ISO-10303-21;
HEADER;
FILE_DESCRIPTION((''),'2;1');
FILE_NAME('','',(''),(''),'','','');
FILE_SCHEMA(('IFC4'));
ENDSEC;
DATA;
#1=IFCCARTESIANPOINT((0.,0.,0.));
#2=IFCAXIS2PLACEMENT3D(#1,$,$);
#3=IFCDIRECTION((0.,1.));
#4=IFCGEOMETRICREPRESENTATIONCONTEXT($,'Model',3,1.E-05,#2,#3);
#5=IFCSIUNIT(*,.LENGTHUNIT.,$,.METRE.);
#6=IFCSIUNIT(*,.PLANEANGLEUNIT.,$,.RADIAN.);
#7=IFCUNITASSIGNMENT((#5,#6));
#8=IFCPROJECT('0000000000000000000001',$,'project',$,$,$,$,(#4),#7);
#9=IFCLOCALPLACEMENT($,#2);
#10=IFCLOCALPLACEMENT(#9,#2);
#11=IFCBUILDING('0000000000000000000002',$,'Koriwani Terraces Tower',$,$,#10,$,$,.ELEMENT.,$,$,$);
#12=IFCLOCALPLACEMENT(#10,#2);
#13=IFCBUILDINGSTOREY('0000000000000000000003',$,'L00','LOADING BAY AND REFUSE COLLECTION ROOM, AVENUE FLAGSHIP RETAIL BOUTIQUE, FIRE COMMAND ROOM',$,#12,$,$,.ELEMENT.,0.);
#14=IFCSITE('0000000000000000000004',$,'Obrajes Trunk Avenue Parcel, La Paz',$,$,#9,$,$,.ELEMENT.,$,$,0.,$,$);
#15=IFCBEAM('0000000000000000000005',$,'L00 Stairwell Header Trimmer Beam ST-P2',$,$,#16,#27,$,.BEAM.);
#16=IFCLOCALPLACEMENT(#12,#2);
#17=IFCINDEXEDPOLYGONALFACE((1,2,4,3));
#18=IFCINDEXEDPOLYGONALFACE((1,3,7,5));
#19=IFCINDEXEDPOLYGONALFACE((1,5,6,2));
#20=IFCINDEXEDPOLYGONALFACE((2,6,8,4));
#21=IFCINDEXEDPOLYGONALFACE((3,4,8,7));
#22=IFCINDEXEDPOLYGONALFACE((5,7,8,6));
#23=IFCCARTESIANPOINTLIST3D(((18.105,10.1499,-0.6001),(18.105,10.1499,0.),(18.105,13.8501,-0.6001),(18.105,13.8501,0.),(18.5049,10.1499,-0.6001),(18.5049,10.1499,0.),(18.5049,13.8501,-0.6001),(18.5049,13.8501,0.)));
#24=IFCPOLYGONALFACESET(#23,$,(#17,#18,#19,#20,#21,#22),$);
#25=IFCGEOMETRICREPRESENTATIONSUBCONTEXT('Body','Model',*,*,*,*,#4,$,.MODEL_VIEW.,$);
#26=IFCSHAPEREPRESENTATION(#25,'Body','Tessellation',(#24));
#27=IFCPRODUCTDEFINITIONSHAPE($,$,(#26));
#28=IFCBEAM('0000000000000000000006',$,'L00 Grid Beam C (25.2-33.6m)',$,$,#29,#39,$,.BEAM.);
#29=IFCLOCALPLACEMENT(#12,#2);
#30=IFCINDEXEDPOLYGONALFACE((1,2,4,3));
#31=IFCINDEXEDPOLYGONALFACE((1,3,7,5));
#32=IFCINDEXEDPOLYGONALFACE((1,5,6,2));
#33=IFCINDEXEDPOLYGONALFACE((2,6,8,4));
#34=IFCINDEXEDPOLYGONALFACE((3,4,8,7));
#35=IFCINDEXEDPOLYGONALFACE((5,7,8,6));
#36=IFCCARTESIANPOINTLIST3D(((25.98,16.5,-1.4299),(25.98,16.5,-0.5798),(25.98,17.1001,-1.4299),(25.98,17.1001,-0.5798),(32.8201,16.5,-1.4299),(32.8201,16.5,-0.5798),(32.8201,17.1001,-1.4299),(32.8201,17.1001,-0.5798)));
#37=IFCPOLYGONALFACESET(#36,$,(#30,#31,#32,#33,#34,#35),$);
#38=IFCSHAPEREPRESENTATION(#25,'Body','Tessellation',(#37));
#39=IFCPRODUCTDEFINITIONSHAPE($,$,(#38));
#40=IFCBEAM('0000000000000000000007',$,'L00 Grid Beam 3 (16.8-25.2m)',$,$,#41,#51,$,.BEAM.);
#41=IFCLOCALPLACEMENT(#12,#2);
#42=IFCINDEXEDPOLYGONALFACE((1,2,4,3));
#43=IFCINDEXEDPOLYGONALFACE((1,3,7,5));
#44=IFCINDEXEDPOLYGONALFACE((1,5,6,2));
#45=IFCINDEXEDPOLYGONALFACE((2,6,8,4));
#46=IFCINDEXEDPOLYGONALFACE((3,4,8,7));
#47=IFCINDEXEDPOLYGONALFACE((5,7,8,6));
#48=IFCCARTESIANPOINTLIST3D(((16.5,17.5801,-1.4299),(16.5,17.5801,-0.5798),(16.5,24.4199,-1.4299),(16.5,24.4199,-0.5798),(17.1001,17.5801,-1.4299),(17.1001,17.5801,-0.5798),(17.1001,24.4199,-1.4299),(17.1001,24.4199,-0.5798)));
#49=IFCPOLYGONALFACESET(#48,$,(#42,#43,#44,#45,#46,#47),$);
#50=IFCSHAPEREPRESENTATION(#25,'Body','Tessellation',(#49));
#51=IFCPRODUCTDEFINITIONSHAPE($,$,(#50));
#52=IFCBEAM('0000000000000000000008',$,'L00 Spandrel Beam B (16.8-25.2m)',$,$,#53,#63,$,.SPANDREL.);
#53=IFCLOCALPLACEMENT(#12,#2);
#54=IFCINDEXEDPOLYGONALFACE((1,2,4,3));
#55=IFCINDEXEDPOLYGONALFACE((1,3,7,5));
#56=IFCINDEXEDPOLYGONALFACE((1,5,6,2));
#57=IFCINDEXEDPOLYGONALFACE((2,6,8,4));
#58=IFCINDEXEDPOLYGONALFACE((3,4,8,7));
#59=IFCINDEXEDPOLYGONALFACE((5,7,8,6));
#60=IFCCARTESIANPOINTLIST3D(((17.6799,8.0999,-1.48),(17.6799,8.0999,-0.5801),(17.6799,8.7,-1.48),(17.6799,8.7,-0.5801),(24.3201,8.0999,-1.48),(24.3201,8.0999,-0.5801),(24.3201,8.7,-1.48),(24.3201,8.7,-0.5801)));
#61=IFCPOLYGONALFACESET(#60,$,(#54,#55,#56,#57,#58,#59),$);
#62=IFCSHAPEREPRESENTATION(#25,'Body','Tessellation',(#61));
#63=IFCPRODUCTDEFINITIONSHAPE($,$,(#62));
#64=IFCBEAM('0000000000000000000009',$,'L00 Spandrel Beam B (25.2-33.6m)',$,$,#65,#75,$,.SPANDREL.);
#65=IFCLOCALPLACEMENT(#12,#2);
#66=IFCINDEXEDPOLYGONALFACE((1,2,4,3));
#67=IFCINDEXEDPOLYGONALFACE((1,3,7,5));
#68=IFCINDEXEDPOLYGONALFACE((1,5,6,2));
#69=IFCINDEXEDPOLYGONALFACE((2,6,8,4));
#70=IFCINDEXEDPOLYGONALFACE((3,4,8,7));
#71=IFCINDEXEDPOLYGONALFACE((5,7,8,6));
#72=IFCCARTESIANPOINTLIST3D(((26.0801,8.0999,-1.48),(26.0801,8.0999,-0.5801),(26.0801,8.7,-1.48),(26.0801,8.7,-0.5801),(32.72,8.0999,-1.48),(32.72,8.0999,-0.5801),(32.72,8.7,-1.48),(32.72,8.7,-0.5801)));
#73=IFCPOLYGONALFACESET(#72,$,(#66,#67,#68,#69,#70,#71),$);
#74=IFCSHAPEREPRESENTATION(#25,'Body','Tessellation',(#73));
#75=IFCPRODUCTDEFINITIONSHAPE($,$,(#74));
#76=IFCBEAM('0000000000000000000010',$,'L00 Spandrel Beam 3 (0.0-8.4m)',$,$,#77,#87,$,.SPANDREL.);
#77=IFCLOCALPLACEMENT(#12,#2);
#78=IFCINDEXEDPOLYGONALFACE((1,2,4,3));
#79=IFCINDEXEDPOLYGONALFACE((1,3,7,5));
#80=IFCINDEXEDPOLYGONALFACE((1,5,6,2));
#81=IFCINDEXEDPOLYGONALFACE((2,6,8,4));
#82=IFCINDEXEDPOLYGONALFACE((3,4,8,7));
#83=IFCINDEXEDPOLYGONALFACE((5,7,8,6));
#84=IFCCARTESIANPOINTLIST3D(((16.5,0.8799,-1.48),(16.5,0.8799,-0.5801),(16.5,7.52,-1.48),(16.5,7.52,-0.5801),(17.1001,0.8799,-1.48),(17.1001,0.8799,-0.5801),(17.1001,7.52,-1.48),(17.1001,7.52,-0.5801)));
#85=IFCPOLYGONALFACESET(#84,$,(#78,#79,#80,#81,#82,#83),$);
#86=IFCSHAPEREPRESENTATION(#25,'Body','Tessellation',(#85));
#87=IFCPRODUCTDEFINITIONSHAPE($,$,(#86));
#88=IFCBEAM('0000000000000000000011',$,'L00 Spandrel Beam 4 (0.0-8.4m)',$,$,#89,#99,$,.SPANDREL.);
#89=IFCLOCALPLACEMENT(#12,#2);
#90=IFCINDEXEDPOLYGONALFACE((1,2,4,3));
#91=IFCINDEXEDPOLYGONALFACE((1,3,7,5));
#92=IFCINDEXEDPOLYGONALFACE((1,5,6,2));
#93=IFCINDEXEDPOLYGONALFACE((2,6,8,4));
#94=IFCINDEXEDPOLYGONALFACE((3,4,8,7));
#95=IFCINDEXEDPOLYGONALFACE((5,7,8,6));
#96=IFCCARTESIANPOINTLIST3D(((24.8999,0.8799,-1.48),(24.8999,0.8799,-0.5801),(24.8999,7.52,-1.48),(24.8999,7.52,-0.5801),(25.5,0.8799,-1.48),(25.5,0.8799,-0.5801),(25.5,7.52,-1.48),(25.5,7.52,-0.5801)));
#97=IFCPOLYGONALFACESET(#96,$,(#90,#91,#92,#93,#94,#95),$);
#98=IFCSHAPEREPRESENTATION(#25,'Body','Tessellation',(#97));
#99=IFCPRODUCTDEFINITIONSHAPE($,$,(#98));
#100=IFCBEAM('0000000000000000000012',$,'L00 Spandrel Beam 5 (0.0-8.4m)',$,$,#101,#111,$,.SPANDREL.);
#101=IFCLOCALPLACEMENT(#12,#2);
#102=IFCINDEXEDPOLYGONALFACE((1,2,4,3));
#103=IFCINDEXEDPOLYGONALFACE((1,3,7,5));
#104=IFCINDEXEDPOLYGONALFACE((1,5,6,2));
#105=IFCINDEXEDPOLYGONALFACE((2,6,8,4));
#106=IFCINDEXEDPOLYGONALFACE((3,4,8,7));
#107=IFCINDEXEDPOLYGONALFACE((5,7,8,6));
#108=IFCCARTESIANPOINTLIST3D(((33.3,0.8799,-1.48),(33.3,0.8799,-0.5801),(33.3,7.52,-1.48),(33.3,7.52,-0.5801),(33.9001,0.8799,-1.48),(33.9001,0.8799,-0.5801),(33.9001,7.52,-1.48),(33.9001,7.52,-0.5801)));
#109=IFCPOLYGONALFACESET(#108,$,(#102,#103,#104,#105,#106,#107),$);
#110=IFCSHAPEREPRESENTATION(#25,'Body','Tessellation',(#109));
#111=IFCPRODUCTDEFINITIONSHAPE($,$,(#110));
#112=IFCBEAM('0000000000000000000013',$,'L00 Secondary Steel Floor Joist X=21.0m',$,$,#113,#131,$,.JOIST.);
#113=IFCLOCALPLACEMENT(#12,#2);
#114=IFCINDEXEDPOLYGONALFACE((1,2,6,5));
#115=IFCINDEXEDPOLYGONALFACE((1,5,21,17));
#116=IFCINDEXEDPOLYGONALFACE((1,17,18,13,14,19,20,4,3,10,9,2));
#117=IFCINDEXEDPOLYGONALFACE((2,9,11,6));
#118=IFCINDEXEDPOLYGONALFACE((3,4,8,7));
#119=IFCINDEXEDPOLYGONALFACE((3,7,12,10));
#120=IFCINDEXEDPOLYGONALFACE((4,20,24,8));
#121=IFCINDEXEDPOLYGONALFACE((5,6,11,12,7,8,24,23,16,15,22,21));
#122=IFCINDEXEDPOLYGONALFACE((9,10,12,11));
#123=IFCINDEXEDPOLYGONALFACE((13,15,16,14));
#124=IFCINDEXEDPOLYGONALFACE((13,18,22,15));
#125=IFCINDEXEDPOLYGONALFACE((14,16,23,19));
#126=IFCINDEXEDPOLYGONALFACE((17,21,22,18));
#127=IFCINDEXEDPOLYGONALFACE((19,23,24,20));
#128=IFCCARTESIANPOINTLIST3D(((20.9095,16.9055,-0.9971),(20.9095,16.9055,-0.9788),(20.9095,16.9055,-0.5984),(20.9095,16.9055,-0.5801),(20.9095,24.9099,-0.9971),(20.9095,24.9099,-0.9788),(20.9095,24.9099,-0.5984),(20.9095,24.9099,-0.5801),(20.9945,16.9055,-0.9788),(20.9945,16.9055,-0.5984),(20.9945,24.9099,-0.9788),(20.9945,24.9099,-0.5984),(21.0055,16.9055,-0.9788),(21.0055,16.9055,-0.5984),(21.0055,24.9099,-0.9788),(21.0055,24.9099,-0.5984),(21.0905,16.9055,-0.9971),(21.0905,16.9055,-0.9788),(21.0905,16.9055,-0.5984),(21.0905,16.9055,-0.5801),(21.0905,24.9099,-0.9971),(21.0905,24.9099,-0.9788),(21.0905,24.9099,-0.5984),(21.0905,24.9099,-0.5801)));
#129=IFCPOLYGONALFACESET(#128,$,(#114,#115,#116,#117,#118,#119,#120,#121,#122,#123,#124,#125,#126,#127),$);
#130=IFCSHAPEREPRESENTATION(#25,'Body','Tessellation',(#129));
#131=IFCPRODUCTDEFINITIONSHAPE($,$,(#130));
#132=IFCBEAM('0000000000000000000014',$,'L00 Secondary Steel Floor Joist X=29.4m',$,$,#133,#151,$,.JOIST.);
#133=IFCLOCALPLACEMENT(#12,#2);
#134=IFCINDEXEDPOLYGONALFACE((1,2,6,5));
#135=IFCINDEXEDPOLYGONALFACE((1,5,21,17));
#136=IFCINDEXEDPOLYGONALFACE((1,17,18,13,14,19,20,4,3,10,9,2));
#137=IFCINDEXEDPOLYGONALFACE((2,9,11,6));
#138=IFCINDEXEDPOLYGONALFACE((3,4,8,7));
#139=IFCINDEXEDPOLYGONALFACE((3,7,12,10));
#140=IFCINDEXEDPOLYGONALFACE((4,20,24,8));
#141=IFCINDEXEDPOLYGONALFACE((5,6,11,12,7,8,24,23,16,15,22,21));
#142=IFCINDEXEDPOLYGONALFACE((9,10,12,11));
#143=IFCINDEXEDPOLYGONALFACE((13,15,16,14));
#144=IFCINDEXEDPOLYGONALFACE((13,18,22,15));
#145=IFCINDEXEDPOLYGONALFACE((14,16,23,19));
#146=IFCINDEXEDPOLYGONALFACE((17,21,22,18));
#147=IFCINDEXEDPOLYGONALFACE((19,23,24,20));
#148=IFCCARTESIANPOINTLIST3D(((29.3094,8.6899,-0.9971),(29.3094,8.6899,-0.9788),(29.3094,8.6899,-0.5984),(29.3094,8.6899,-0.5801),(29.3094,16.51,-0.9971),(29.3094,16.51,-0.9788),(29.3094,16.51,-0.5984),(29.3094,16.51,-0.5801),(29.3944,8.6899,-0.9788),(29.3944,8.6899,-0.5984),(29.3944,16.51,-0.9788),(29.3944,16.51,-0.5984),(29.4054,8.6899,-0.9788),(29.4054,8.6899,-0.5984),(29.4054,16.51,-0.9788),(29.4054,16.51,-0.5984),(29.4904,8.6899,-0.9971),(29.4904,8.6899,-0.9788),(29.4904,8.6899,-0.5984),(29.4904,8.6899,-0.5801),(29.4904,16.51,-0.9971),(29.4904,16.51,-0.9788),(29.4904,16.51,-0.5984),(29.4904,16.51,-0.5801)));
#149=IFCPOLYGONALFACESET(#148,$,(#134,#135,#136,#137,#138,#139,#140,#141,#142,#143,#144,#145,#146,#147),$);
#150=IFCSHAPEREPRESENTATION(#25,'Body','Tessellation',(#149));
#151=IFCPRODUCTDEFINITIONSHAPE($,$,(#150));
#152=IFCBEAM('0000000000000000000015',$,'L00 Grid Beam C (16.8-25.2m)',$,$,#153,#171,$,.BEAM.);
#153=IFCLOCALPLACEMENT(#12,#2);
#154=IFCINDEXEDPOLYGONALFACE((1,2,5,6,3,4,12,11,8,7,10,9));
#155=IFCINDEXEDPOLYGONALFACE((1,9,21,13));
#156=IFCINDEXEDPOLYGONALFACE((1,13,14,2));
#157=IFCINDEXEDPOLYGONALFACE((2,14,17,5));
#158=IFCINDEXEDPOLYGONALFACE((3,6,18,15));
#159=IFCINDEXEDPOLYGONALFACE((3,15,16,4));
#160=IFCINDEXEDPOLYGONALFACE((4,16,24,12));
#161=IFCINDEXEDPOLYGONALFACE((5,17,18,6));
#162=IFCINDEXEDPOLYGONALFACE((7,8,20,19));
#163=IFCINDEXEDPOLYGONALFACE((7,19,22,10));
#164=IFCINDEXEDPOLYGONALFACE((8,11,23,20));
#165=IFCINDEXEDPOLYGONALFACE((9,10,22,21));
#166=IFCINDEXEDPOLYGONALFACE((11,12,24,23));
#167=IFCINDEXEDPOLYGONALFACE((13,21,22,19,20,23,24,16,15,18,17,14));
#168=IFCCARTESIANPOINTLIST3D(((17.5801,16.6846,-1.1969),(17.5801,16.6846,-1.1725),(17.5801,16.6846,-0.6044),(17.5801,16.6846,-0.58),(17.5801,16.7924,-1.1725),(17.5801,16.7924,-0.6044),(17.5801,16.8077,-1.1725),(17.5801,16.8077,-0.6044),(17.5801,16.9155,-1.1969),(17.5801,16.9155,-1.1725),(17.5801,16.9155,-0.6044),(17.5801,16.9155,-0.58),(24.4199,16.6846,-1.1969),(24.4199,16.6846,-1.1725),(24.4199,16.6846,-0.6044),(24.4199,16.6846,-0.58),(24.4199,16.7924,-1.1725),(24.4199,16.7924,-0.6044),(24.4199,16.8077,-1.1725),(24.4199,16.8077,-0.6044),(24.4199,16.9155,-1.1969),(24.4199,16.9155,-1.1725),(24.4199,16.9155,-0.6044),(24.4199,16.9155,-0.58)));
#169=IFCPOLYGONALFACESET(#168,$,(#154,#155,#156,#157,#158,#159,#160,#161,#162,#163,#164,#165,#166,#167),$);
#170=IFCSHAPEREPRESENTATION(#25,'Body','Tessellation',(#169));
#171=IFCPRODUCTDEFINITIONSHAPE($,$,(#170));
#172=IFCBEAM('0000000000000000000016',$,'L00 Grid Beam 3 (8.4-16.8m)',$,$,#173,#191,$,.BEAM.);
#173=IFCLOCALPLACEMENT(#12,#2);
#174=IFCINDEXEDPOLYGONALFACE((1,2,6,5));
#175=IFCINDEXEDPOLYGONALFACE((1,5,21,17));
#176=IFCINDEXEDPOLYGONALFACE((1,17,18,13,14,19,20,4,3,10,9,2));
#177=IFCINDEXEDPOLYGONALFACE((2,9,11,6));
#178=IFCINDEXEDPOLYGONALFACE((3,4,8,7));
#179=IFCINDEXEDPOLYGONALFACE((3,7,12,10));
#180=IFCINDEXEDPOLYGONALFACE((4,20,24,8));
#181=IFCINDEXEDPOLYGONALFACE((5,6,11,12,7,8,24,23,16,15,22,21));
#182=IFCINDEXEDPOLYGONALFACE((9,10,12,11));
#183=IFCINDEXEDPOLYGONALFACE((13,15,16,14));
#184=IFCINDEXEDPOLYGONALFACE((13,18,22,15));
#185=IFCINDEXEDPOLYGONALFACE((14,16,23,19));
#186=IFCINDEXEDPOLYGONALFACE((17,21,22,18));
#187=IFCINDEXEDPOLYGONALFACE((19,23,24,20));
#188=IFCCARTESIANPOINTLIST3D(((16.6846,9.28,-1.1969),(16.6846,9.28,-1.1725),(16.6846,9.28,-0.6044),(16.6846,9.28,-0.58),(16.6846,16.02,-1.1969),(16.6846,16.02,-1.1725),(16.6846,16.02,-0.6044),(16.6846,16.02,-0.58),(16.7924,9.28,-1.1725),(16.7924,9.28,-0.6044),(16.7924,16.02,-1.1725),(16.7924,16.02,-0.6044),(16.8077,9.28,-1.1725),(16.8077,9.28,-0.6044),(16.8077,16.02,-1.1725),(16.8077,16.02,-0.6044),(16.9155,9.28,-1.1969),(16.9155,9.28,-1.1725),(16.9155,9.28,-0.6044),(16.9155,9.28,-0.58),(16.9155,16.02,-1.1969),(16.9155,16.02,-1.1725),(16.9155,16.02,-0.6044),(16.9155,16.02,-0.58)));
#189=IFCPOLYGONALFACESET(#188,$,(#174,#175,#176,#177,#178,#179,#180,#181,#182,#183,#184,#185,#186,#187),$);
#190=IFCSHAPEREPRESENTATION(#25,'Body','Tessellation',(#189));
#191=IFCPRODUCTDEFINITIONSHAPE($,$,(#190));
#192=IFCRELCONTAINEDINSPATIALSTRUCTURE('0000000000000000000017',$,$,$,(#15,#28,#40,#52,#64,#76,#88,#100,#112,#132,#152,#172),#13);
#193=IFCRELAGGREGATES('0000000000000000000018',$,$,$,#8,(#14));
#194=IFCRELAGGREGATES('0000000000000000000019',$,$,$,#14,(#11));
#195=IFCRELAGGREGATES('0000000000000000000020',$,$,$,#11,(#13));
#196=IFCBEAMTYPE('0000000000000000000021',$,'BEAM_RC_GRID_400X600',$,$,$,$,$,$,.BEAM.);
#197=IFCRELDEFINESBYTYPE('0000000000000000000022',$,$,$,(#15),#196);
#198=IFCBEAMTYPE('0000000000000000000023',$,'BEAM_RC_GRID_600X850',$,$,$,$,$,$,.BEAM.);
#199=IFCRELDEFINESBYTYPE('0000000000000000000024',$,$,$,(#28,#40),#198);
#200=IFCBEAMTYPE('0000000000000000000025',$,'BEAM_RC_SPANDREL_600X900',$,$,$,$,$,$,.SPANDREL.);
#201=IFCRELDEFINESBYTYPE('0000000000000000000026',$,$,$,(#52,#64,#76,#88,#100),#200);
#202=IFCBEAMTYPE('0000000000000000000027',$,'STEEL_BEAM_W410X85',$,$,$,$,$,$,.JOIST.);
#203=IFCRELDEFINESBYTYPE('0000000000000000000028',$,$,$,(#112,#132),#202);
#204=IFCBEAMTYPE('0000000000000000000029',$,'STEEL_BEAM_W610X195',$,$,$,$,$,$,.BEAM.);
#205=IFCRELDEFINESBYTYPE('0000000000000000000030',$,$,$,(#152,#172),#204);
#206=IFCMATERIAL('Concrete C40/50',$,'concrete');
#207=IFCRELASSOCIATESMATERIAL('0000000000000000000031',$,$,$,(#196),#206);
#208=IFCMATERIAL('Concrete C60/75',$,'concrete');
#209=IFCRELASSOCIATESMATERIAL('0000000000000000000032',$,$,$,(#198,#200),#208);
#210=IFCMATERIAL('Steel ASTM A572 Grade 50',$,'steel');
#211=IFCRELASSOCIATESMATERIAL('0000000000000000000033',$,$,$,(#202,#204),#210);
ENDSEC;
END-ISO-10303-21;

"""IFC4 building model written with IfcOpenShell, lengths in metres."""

from ifc_helpers import new_model, si_unit, direction, frame, origin, origin_2d, place, context, subcontext, project, spatial, rectangle, i_section, extrude, material, material_profile, profile_set, type_object, element, save


model = new_model("IFC4")

# Units and contexts
model_context = context("Model", 3, precision=1e-05, world=origin(), true_north=direction((0.0, 1.0)))
body_context = subcontext(model_context, "Body", "Model", "MODEL_VIEW")
ifc_project = project(units=[si_unit("LENGTHUNIT", "METRE"), si_unit("PLANEANGLEUNIT", "RADIAN")], contexts=[model_context])

# Site, building, storey
site_placement = place(None, origin())
site = spatial("IfcSite", under=ifc_project, at=site_placement, Name="Obrajes Trunk Avenue Parcel, La Paz", CompositionType="ELEMENT", RefElevation=0.0)
building_placement = place(site_placement, origin())
building = spatial("IfcBuilding", under=site, at=building_placement, Name="Koriwani Terraces Tower", CompositionType="ELEMENT")
storey_placement = place(building_placement, origin())
storey = spatial("IfcBuildingStorey", under=building, at=storey_placement, Name="L00", Description="LOADING BAY AND REFUSE COLLECTION ROOM, AVENUE FLAGSHIP RETAIL BOUTIQUE, FIRE COMMAND ROOM", CompositionType="ELEMENT", Elevation=0.0)

# Shared definitions
ifc_material_1 = material(Name="Concrete C60/75", Category="concrete")

# Beams
ifc_material_2 = material(Name="Concrete C40/50", Category="concrete")
ifc_material_profile_1 = material_profile(ifc_material_2, rectangle(XDim=0.3999, YDim=0.6001, at=origin_2d()), Name="Concrete C40/50", Category="LoadBearing")
ifc_profile_set_1 = profile_set([ifc_material_profile_1], Name="Concrete C40/50")
beam_type_1 = type_object("IfcBeamType", Name="BEAM_RC_GRID_400X600", PredefinedType="BEAM", material=ifc_profile_set_1)
beam_1_placement = place(storey_placement, frame((18.3049, 10.1499, -0.3), z_axis=(0.0, 1.0, 0.0), x_axis=(-1.0, 0.0, 0.0)))
element("IfcBeam", 1, at=beam_1_placement, inside=storey, type_object=beam_type_1, Name="L00 Stairwell Header Trimmer Beam ST-P2", PredefinedType="BEAM", context=body_context, shape_type="SweptSolid", body=[
    extrude(rectangle(XDim=0.3999, YDim=0.6001, at=origin_2d()), origin(), (0.0, 0.0, 1.0), 3.7002),
])
ifc_material_profile_2 = material_profile(ifc_material_1, rectangle(XDim=0.6001, YDim=0.8501, at=origin_2d()), Name="Concrete C60/75", Category="LoadBearing")
ifc_profile_set_2 = profile_set([ifc_material_profile_2], Name="Concrete C60/75")
beam_type_2 = type_object("IfcBeamType", Name="BEAM_RC_GRID_600X850", PredefinedType="BEAM", material=ifc_profile_set_2)
beam_2_placement = place(storey_placement, frame((25.98, 16.8, -1.0049), z_axis=(1.0, 0.0, 0.0), x_axis=(0.0, 1.0, 0.0)))
element("IfcBeam", 2, at=beam_2_placement, inside=storey, type_object=beam_type_2, Name="L00 Grid Beam C (25.2-33.6m)", PredefinedType="BEAM", context=body_context, shape_type="SweptSolid", body=[
    extrude(rectangle(XDim=0.6001, YDim=0.8501, at=origin_2d()), origin(), (0.0, 0.0, 1.0), 6.8401),
])
beam_3_placement = place(storey_placement, frame((16.8, 17.5801, -1.0049), z_axis=(0.0, 1.0, 0.0), x_axis=(-1.0, 0.0, 0.0)))
element("IfcBeam", 3, at=beam_3_placement, inside=storey, type_object=beam_type_2, Name="L00 Grid Beam 3 (16.8-25.2m)", PredefinedType="BEAM", context=body_context, shape_type="SweptSolid", body=[
    extrude(rectangle(XDim=0.6001, YDim=0.8501, at=origin_2d()), origin(), (0.0, 0.0, 1.0), 6.8398),
])
ifc_material_profile_3 = material_profile(ifc_material_1, rectangle(XDim=0.6001, YDim=0.8999, at=origin_2d()), Name="Concrete C60/75", Category="LoadBearing")
ifc_profile_set_3 = profile_set([ifc_material_profile_3], Name="Concrete C60/75")
beam_type_3 = type_object("IfcBeamType", Name="BEAM_RC_SPANDREL_600X900", PredefinedType="SPANDREL", material=ifc_profile_set_3)
beam_4_placement = place(storey_placement, frame((17.6799, 8.3999, -1.03), z_axis=(1.0, 0.0, 0.0), x_axis=(0.0, 1.0, 0.0)))
element("IfcBeam", 4, at=beam_4_placement, inside=storey, type_object=beam_type_3, Name="L00 Spandrel Beam B (16.8-25.2m)", PredefinedType="SPANDREL", context=body_context, shape_type="SweptSolid", body=[
    extrude(rectangle(XDim=0.6001, YDim=0.8999, at=origin_2d()), origin(), (0.0, 0.0, 1.0), 6.6401),
])
beam_5_placement = place(storey_placement, frame((26.0801, 8.3999, -1.03), z_axis=(1.0, 0.0, 0.0), x_axis=(0.0, 1.0, 0.0)))
element("IfcBeam", 5, at=beam_5_placement, inside=storey, type_object=beam_type_3, Name="L00 Spandrel Beam B (25.2-33.6m)", PredefinedType="SPANDREL", context=body_context, shape_type="SweptSolid", body=[
    extrude(rectangle(XDim=0.6001, YDim=0.8999, at=origin_2d()), origin(), (0.0, 0.0, 1.0), 6.6399),
])
for number, where, z_axis, x_axis, name in (
    (6, (16.8, 0.8799, -1.03), (0.0, 1.0, 0.0), (-1.0, 0.0, 0.0), "L00 Spandrel Beam 3 (0.0-8.4m)"),
    (7, (25.2, 0.8799, -1.03), (0.0, 1.0, 0.0), (-1.0, 0.0, 0.0), "L00 Spandrel Beam 4 (0.0-8.4m)"),
    (8, (33.6001, 0.8799, -1.03), (0.0, 1.0, 0.0), (-1.0, 0.0, 0.0), "L00 Spandrel Beam 5 (0.0-8.4m)"),
):
    element("IfcBeam", number, at=place(storey_placement, frame(where, z_axis=z_axis, x_axis=x_axis)), inside=storey, type_object=beam_type_3, Name=name, PredefinedType="SPANDREL", context=body_context, shape_type="SweptSolid", body=[
        extrude(rectangle(XDim=0.6001, YDim=0.8999, at=origin_2d()), origin(), (0.0, 0.0, 1.0), 6.6401),
    ])
ifc_material_3 = material(Name="Steel ASTM A572 Grade 50", Category="steel")
ifc_material_profile_4 = material_profile(ifc_material_3, i_section(OverallWidth=0.1809, OverallDepth=0.417, WebThickness=0.011, FlangeThickness=0.0183, at=origin_2d()), Name="Steel ASTM A572 Grade 50", Category="LoadBearing")
ifc_profile_set_4 = profile_set([ifc_material_profile_4], Name="Steel ASTM A572 Grade 50")
beam_type_4 = type_object("IfcBeamType", Name="STEEL_BEAM_W410X85", PredefinedType="JOIST", material=ifc_profile_set_4)
beam_6_placement = place(storey_placement, frame((21.0, 16.9055, -0.7886), z_axis=(0.0, 1.0, 0.0), x_axis=(-1.0, 0.0, 0.0)))
element("IfcBeam", 9, at=beam_6_placement, inside=storey, type_object=beam_type_4, Name="L00 Secondary Steel Floor Joist X=21.0m", PredefinedType="JOIST", context=body_context, shape_type="SweptSolid", body=[
    extrude(i_section(OverallWidth=0.1809, OverallDepth=0.417, WebThickness=0.011, FlangeThickness=0.0183, at=origin_2d()), origin(), (0.0, 0.0, 1.0), 8.0044),
])
beam_7_placement = place(storey_placement, frame((29.3999, 8.6899, -0.7886), z_axis=(0.0, 1.0, 0.0), x_axis=(-1.0, 0.0, 0.0)))
element("IfcBeam", 10, at=beam_7_placement, inside=storey, type_object=beam_type_4, Name="L00 Secondary Steel Floor Joist X=29.4m", PredefinedType="JOIST", context=body_context, shape_type="SweptSolid", body=[
    extrude(i_section(OverallWidth=0.1809, OverallDepth=0.417, WebThickness=0.011, FlangeThickness=0.0183, at=origin_2d()), origin(), (0.0, 0.0, 1.0), 7.8201),
])
ifc_material_profile_5 = material_profile(ifc_material_3, i_section(OverallWidth=0.231, OverallDepth=0.6169, WebThickness=0.0154, FlangeThickness=0.0244, at=origin_2d()), Name="Steel ASTM A572 Grade 50", Category="LoadBearing")
ifc_profile_set_5 = profile_set([ifc_material_profile_5], Name="Steel ASTM A572 Grade 50")
beam_type_5 = type_object("IfcBeamType", Name="STEEL_BEAM_W610X195", PredefinedType="BEAM", material=ifc_profile_set_5)
beam_8_placement = place(storey_placement, frame((17.5801, 16.8, -0.8884), z_axis=(1.0, 0.0, 0.0), x_axis=(0.0, 1.0, 0.0)))
element("IfcBeam", 11, at=beam_8_placement, inside=storey, type_object=beam_type_5, Name="L00 Grid Beam C (16.8-25.2m)", PredefinedType="BEAM", context=body_context, shape_type="SweptSolid", body=[
    extrude(i_section(OverallWidth=0.231, OverallDepth=0.6169, WebThickness=0.0154, FlangeThickness=0.0244, at=origin_2d()), origin(), (0.0, 0.0, 1.0), 6.8398),
])
beam_9_placement = place(storey_placement, frame((16.8, 9.28, -0.8884), z_axis=(0.0, 1.0, 0.0), x_axis=(-1.0, 0.0, 0.0)))
element("IfcBeam", 12, at=beam_9_placement, inside=storey, type_object=beam_type_5, Name="L00 Grid Beam 3 (8.4-16.8m)", PredefinedType="BEAM", context=body_context, shape_type="SweptSolid", body=[
    extrude(i_section(OverallWidth=0.231, OverallDepth=0.6169, WebThickness=0.0154, FlangeThickness=0.0244, at=origin_2d()), origin(), (0.0, 0.0, 1.0), 6.74),
])

save(model, "model.ifc")
